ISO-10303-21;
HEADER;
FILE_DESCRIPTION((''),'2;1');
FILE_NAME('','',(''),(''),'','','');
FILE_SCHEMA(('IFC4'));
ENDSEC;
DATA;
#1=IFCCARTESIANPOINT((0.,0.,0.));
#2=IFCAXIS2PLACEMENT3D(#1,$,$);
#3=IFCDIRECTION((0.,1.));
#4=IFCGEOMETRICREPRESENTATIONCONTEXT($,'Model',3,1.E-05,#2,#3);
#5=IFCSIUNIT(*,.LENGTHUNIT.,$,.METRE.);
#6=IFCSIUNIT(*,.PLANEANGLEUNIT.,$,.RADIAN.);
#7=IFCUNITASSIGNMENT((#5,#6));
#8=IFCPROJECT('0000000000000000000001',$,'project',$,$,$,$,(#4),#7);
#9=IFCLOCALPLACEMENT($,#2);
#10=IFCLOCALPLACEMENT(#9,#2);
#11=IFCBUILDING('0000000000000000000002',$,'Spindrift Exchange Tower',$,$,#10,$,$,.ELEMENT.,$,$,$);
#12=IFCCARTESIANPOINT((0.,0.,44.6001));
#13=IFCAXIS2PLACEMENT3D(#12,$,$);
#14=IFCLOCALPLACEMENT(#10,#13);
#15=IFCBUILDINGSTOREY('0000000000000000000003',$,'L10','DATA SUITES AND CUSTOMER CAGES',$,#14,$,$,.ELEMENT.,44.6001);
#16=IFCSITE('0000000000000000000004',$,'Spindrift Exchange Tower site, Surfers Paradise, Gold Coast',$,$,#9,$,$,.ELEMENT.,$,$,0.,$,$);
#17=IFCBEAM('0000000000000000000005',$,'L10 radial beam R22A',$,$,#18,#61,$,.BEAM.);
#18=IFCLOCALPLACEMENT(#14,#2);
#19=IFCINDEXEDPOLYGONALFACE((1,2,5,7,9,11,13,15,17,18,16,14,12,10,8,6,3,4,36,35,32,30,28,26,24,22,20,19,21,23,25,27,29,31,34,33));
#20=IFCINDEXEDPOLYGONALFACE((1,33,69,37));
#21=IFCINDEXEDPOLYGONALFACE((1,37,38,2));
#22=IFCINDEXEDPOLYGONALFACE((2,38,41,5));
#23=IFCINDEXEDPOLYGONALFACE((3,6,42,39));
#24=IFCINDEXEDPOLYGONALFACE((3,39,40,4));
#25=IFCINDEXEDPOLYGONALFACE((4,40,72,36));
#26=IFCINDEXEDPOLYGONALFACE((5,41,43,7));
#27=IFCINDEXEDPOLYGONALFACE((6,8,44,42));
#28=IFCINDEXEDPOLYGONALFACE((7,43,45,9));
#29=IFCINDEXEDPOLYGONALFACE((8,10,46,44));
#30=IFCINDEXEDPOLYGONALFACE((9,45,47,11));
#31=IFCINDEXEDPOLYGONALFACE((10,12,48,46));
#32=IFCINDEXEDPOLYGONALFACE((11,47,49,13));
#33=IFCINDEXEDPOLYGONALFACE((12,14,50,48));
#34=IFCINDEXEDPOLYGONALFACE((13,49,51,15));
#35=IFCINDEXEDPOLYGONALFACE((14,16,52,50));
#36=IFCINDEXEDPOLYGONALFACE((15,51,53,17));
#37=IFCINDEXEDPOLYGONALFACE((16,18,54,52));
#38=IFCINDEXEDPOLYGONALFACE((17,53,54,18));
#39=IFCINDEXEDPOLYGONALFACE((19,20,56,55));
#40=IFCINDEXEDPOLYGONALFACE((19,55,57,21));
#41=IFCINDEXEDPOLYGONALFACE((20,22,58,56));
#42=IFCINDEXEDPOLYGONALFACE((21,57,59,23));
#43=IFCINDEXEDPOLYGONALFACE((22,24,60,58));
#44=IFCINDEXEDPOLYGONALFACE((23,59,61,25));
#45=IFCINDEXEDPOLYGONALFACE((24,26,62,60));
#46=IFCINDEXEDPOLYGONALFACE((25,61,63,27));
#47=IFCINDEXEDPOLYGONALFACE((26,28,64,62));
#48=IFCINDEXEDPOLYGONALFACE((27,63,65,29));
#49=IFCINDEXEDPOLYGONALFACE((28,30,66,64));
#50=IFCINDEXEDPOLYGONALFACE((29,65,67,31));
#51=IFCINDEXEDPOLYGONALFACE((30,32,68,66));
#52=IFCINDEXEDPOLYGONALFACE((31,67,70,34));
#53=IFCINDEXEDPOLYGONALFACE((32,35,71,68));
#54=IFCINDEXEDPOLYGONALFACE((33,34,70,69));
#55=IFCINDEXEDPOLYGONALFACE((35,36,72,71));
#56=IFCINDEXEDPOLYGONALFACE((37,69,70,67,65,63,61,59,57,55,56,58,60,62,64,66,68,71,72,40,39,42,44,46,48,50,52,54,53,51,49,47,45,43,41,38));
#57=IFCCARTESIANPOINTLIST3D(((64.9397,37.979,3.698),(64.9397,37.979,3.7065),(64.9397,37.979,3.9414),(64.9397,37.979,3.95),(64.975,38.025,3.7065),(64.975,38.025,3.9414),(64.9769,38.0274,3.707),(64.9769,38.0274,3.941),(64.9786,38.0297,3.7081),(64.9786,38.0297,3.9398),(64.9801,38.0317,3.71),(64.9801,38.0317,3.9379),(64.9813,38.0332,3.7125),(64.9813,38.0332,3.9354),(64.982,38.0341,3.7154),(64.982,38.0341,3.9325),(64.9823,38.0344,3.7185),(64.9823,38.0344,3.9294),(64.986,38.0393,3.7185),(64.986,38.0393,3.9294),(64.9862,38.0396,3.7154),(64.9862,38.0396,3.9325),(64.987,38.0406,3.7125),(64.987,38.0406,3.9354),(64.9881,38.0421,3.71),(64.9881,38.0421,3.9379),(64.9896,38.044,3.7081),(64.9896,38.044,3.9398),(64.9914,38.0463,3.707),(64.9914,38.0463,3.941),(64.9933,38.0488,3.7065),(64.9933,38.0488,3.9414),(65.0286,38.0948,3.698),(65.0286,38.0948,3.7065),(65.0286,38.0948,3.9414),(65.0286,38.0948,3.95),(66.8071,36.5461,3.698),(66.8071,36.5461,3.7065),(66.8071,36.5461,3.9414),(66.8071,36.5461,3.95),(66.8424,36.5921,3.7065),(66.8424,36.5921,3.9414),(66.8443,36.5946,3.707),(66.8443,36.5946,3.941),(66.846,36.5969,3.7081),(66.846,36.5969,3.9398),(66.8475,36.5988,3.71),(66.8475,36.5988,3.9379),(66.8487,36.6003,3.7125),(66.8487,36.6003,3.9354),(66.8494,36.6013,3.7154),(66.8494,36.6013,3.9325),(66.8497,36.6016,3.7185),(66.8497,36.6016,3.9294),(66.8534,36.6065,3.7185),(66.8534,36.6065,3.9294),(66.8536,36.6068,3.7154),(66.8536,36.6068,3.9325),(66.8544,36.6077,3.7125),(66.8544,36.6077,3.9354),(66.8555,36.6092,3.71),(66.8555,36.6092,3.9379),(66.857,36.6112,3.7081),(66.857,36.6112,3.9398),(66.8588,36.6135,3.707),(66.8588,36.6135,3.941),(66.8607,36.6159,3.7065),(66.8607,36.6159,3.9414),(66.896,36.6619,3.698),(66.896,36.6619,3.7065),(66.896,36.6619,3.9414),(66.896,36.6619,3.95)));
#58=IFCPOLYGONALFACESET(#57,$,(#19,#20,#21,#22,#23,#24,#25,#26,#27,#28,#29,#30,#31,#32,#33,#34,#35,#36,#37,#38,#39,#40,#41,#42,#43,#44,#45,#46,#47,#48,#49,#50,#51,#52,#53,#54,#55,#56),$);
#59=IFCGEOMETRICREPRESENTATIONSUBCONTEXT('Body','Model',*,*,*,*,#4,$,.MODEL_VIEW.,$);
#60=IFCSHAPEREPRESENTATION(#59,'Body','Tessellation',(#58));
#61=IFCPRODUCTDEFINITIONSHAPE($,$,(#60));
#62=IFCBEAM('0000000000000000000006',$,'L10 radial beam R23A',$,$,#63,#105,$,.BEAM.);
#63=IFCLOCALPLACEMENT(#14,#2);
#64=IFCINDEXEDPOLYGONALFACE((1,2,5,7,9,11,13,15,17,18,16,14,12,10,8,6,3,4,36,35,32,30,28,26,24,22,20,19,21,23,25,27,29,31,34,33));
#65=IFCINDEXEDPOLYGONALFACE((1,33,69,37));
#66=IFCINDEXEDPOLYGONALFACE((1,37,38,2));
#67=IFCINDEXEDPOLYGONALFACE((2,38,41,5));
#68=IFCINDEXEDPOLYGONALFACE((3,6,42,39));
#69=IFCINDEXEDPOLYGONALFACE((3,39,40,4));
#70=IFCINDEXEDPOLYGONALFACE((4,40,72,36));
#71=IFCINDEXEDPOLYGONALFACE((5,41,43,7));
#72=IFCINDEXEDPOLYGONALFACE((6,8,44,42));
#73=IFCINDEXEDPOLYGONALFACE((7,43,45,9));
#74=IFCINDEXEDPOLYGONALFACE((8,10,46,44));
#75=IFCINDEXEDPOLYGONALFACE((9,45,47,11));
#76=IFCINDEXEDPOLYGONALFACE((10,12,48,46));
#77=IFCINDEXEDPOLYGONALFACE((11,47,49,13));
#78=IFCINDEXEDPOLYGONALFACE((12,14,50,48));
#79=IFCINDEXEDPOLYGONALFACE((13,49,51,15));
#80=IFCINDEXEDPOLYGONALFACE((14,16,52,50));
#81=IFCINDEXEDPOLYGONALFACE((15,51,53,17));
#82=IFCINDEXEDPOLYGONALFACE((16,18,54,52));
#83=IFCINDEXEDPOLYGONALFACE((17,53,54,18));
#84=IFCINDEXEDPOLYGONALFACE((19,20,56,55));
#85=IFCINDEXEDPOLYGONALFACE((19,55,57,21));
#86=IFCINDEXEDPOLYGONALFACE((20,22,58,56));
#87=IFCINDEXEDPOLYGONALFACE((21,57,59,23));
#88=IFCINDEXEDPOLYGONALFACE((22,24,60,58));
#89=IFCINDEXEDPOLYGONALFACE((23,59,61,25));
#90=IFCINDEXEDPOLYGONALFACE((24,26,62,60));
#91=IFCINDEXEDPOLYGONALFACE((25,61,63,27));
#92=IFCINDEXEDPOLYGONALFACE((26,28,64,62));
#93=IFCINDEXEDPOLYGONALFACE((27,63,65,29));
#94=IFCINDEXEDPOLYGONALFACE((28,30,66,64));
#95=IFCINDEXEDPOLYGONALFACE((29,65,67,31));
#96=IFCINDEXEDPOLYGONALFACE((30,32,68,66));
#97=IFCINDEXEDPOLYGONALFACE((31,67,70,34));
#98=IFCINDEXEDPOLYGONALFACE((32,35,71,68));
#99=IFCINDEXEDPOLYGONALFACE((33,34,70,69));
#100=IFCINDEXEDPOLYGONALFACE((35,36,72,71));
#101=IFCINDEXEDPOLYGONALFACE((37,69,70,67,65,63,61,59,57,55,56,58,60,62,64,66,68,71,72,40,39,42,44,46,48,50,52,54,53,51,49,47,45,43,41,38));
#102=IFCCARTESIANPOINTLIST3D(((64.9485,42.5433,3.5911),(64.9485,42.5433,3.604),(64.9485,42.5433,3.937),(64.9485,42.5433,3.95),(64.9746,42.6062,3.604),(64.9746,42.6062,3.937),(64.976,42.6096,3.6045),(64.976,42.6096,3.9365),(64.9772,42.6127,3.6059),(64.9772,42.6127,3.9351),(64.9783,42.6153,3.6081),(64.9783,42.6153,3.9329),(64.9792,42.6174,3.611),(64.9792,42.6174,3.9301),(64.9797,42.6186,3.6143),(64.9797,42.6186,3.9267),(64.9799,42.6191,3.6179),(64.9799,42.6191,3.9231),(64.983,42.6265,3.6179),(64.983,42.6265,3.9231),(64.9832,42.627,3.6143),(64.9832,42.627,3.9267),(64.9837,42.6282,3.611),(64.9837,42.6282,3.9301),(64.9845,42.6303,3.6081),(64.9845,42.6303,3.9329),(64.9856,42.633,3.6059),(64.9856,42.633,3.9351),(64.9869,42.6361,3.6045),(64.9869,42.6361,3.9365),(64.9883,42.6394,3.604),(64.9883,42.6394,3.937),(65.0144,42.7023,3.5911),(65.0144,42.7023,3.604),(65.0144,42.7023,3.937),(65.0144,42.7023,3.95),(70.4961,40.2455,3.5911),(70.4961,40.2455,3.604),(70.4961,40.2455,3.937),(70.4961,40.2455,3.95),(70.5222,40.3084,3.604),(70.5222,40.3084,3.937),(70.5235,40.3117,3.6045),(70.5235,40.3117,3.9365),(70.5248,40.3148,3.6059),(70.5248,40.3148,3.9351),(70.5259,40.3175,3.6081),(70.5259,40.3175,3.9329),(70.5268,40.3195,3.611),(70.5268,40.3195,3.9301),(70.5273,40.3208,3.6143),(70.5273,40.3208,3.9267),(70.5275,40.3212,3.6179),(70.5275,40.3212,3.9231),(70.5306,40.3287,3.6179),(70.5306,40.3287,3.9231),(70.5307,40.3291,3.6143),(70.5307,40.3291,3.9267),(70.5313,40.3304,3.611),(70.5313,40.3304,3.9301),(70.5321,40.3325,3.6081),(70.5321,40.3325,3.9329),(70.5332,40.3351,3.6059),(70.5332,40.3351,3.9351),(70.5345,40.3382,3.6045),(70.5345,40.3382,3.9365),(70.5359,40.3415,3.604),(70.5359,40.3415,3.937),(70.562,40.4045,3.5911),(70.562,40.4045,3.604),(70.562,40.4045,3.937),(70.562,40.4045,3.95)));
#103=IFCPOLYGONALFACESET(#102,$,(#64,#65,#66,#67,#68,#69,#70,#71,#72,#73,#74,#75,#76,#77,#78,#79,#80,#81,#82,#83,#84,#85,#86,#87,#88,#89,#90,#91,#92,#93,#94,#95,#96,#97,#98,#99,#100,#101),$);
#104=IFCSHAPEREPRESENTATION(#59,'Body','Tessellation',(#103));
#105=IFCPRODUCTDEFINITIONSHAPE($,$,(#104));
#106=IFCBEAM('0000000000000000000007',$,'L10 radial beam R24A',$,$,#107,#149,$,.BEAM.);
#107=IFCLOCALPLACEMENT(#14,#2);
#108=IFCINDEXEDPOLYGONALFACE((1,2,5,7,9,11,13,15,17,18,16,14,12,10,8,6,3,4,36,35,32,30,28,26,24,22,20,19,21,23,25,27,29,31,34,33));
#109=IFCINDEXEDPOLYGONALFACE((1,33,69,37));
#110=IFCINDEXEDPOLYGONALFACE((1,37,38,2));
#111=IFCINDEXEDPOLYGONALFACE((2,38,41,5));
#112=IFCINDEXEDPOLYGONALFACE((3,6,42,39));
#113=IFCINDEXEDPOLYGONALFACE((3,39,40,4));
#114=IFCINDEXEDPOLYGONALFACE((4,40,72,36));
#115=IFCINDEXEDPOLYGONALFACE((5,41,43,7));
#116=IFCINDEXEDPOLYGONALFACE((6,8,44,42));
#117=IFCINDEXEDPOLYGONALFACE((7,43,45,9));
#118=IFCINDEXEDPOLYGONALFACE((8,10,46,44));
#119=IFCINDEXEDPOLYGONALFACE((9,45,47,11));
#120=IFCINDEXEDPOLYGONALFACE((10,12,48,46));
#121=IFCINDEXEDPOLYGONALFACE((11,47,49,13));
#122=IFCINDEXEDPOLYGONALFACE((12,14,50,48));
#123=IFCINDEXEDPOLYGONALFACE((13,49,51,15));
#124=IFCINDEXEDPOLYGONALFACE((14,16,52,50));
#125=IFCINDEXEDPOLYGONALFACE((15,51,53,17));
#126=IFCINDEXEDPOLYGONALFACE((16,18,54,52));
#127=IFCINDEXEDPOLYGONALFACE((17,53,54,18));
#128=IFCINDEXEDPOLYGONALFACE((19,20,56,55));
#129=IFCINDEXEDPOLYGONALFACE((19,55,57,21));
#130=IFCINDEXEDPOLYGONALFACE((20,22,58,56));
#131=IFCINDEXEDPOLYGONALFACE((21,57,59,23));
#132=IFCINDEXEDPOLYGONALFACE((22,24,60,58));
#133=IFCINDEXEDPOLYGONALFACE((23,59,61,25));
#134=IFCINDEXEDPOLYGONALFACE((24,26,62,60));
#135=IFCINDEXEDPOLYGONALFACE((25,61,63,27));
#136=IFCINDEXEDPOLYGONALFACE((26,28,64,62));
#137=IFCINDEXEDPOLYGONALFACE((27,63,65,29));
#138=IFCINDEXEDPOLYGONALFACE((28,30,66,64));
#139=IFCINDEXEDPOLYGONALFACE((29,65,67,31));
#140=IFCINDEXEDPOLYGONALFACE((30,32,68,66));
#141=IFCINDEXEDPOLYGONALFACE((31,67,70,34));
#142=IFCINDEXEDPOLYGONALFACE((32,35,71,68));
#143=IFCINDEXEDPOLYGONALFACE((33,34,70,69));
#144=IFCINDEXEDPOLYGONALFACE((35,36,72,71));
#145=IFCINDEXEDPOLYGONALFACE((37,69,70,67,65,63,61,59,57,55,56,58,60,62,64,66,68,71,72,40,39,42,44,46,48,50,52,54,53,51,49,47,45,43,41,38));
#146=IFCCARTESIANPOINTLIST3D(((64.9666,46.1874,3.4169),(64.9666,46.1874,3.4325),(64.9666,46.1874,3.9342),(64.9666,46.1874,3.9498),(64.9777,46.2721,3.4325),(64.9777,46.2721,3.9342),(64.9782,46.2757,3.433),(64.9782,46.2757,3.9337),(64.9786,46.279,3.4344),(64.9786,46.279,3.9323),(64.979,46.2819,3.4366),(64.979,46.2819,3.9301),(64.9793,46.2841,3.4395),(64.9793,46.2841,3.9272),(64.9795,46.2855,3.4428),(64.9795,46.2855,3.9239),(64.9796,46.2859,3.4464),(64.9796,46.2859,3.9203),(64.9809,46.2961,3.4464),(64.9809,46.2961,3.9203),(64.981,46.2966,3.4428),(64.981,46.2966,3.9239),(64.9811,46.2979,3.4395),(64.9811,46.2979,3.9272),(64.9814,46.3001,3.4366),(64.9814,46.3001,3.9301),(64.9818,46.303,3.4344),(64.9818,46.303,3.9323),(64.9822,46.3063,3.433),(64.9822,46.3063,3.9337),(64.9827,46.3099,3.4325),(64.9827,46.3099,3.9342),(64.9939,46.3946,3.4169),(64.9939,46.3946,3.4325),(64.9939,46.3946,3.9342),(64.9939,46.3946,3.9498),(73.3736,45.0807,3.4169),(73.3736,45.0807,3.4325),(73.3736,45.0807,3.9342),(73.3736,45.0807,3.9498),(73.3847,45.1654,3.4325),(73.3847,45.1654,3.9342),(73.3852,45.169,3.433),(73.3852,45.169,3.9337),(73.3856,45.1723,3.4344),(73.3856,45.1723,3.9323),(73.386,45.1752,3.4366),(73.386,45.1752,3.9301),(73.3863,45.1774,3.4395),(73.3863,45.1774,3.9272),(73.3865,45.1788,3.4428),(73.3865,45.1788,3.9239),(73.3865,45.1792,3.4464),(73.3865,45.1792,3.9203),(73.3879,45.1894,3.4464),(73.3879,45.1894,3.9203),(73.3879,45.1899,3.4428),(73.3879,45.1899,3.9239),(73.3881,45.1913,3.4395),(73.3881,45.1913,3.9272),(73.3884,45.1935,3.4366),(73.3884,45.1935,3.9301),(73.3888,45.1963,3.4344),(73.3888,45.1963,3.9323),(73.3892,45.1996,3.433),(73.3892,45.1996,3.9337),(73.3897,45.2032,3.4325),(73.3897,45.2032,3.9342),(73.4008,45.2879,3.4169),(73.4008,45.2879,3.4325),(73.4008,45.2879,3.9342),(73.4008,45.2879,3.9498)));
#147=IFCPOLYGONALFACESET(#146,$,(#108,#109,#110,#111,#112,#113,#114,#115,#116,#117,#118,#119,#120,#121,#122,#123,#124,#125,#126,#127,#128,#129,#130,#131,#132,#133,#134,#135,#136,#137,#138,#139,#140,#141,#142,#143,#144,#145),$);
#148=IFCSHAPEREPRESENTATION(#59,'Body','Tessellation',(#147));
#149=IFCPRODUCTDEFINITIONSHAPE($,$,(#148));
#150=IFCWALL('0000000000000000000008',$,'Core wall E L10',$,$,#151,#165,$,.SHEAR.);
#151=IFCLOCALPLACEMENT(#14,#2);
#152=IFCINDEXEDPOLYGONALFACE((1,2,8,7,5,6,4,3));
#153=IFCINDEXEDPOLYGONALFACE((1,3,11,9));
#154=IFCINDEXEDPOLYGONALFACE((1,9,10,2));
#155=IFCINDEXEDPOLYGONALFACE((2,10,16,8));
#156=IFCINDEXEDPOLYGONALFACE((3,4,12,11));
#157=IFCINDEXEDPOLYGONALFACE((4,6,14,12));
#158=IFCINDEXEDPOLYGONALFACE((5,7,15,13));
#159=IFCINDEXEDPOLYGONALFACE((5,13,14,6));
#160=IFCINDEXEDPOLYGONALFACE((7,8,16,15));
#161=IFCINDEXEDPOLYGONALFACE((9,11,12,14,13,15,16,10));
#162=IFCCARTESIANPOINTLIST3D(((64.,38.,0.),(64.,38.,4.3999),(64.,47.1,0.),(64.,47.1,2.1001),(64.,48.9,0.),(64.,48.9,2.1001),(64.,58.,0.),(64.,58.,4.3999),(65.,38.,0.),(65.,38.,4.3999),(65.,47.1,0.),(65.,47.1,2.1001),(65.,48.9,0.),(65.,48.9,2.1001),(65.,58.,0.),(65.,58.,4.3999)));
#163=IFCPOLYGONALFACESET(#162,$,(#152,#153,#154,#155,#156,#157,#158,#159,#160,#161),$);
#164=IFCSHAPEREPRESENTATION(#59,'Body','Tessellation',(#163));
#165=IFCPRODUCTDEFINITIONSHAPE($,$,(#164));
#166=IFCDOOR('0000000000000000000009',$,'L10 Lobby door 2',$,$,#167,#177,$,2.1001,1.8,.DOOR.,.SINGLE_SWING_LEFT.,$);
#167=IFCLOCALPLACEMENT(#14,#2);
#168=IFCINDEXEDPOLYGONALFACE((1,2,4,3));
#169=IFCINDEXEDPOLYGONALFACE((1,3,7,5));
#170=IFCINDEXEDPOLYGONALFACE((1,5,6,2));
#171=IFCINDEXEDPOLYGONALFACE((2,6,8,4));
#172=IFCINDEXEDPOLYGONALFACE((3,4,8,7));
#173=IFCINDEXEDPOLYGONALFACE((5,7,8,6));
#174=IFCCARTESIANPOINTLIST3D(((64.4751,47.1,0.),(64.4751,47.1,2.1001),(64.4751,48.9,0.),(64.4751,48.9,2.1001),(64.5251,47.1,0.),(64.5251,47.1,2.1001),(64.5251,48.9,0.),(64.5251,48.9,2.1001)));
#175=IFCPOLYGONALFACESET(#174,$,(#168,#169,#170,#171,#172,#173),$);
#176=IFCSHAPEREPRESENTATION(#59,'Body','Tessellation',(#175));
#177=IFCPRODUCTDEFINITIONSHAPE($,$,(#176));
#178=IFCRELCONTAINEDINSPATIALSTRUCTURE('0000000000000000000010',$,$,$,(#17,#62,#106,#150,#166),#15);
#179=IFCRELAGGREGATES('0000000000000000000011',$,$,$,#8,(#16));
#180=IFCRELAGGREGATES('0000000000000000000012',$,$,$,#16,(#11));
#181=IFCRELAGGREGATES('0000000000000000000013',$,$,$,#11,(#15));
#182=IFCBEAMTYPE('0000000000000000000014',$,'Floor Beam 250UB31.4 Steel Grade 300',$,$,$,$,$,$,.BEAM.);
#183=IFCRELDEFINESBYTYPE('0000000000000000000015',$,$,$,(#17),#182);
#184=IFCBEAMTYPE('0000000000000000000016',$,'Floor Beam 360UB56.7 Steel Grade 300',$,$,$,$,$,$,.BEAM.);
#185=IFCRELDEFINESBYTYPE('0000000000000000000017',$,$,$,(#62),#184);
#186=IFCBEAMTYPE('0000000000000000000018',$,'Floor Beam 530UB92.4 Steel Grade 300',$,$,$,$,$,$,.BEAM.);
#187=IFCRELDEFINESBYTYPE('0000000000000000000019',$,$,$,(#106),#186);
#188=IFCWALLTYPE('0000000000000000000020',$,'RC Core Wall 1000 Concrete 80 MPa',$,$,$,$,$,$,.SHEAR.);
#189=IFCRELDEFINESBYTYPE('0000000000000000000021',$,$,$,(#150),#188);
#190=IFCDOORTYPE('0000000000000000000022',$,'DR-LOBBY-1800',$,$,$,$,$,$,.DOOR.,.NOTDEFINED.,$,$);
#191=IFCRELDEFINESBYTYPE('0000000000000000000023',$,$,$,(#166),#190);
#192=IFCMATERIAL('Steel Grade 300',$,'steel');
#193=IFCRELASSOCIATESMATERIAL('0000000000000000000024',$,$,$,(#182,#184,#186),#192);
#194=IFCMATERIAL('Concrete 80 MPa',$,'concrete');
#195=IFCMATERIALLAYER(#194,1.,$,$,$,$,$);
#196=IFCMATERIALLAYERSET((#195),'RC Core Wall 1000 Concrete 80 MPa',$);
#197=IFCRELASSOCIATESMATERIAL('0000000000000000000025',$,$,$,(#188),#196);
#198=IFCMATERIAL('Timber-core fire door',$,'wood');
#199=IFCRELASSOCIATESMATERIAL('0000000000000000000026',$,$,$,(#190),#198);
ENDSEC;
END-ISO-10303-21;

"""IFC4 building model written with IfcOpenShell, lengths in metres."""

from ifc_helpers import new_model, si_unit, direction, frame, frame_2d, origin, origin_2d, place, context, subcontext, project, spatial, rectangle, i_section, extrude, source, transform, mapped, material, layer, layer_set, material_profile, profile_set, type_object, element, fill, save


model = new_model("IFC4")

# Units and contexts
model_context = context("Model", 3, precision=1e-05, world=origin(), true_north=direction((0.0, 1.0)))
body_context = subcontext(model_context, "Body", "Model", "MODEL_VIEW")
ifc_project = project(units=[si_unit("LENGTHUNIT", "METRE"), si_unit("PLANEANGLEUNIT", "RADIAN")], contexts=[model_context])

# Site, building, storey
site_placement = place(None, origin())
site = spatial("IfcSite", under=ifc_project, at=site_placement, Name="Spindrift Exchange Tower site, Surfers Paradise, Gold Coast", CompositionType="ELEMENT", RefElevation=0.0)
building_placement = place(site_placement, origin())
building = spatial("IfcBuilding", under=site, at=building_placement, Name="Spindrift Exchange Tower", CompositionType="ELEMENT")
storey_placement = place(building_placement, frame((0.0, 0.0, 44.6001)))
storey = spatial("IfcBuildingStorey", under=building, at=storey_placement, Name="L10", Description="DATA SUITES AND CUSTOMER CAGES", CompositionType="ELEMENT", Elevation=44.6001)

# Beams
ifc_material_1 = material(Name="Steel Grade 300", Category="steel")
ifc_material_profile_1 = material_profile(ifc_material_1, i_section(OverallWidth=0.146, OverallDepth=0.252, WebThickness=0.0061, FlangeThickness=0.0085, FilletRadius=0.012, at=origin_2d()), Name="250UB31.4")
ifc_profile_set_1 = profile_set([ifc_material_profile_1], Name="Steel Grade 300")
beam_type_1 = type_object("IfcBeamType", Name="Floor Beam 250UB31.4 Steel Grade 300", PredefinedType="BEAM", material=ifc_profile_set_1)
shared_shape_1 = source(origin(), body_context, "Body", "SweptSolid", [
    extrude(i_section(OverallWidth=0.146, OverallDepth=0.252, WebThickness=0.0061, FlangeThickness=0.0085, FilletRadius=0.012, at=origin_2d()), origin(), (0.0, 0.0, 1.0), 2.3538),
])
beam_1_placement = place(storey_placement, frame((64.9841, 38.0369, 3.824), z_axis=(0.793368, -0.608743, 0.0), x_axis=(0.608743, 0.793368, 0.0)))
element("IfcBeam", 1, at=beam_1_placement, inside=storey, type_object=beam_type_1, Name="L10 radial beam R22A", PredefinedType="BEAM", context=body_context, shape_type="MappedRepresentation", body=[
    mapped(shared_shape_1, transform((0.0, 0.0, 0.0), scale=1.0)),
])
ifc_material_profile_2 = material_profile(ifc_material_1, i_section(OverallWidth=0.1721, OverallDepth=0.3589, WebThickness=0.0081, FlangeThickness=0.0129, FilletRadius=0.0139, at=origin_2d()), Name="360UB56.7")
ifc_profile_set_2 = profile_set([ifc_material_profile_2], Name="Steel Grade 300")
beam_type_2 = type_object("IfcBeamType", Name="Floor Beam 360UB56.7 Steel Grade 300", PredefinedType="BEAM", material=ifc_profile_set_2)
shared_shape_2 = source(origin(), body_context, "Body", "SweptSolid", [
    extrude(i_section(OverallWidth=0.1721, OverallDepth=0.3589, WebThickness=0.0081, FlangeThickness=0.0129, FilletRadius=0.0139, at=origin_2d()), origin(), (0.0, 0.0, 1.0), 6.0046),
])
beam_2_placement = place(storey_placement, frame((64.9814, 42.6228, 3.7705), z_axis=(0.923882, -0.382677, 0.0), x_axis=(0.382677, 0.923882, 0.0)))
element("IfcBeam", 2, at=beam_2_placement, inside=storey, type_object=beam_type_2, Name="L10 radial beam R23A", PredefinedType="BEAM", context=body_context, shape_type="MappedRepresentation", body=[
    mapped(shared_shape_2, transform((0.0, 0.0, 0.0), scale=1.0)),
])
ifc_material_profile_3 = material_profile(ifc_material_1, i_section(OverallWidth=0.209, OverallDepth=0.533, WebThickness=0.0103, FlangeThickness=0.0156, FilletRadius=0.0139, at=origin_2d()), Name="530UB92.4")
ifc_profile_set_3 = profile_set([ifc_material_profile_3], Name="Steel Grade 300")
beam_type_3 = type_object("IfcBeamType", Name="Floor Beam 530UB92.4 Steel Grade 300", PredefinedType="BEAM", material=ifc_profile_set_3)
shared_shape_3 = source(origin(), body_context, "Body", "SweptSolid", [
    extrude(i_section(OverallWidth=0.209, OverallDepth=0.533, WebThickness=0.0103, FlangeThickness=0.0156, FilletRadius=0.0139, at=origin_2d()), origin(), (0.0, 0.0, 1.0), 8.4795),
])
beam_3_placement = place(storey_placement, frame((64.9802, 46.291, 3.6833), z_axis=(0.991447, -0.130513, 0.0), x_axis=(0.130513, 0.991447, 0.0)))
element("IfcBeam", 3, at=beam_3_placement, inside=storey, type_object=beam_type_3, Name="L10 radial beam R24A", PredefinedType="BEAM", context=body_context, shape_type="MappedRepresentation", body=[
    mapped(shared_shape_3, transform((0.0, 0.0, 0.0), scale=1.0)),
])

# Wall, opening, door
ifc_material_2 = material(Name="Concrete 80 MPa", Category="concrete")
ifc_layer_1 = layer(ifc_material_2, 1.0)
ifc_layer_set_1 = layer_set([ifc_layer_1], Name="RC Core Wall 1000 Concrete 80 MPa")
wall_type_1 = type_object("IfcWallType", Name="RC Core Wall 1000 Concrete 80 MPa", PredefinedType="SHEAR", material=ifc_layer_set_1)
wall_1_placement = place(storey_placement, frame((64.5, 38.0, 0.0), z_axis=(0.0, 0.0, 1.0), x_axis=(0.0, 1.0, 0.0)))
wall_1 = element("IfcWall", 4, at=wall_1_placement, inside=storey, type_object=wall_type_1, Name="Core wall E L10", PredefinedType="SHEAR", context=body_context, shape_type="SweptSolid", body=[
    extrude(rectangle(XDim=20.0, YDim=1.0, at=frame_2d((10.0, 0.0))), origin(), (0.0, 0.0, 1.0), 4.3999),
])
opening_1_placement = place(wall_1_placement, frame((9.1001, 0.0, 0.0)))
opening_1 = element("IfcOpeningElement", 5, at=opening_1_placement, cuts=wall_1, PredefinedType="OPENING", context=body_context, shape_type="SweptSolid", body=[
    extrude(rectangle(XDim=1.8, YDim=2.1001, at=frame_2d((0.8999, 1.05))), frame((0.0, 0.51, 0.0), z_axis=(0.0, -1.0, 0.0), x_axis=(1.0, 0.0, 0.0)), (0.0, 0.0, 1.0), 1.02),
])
ifc_material_3 = material(Name="Timber-core fire door", Category="wood")
door_type_1 = type_object("IfcDoorType", Name="DR-LOBBY-1800", OperationType="NOTDEFINED", PredefinedType="DOOR", material=ifc_material_3)
shared_shape_4 = source(origin(), body_context, "Body", "SweptSolid", [
    extrude(rectangle(XDim=1.8, YDim=2.1001, at=frame_2d((0.8999, 1.05))), frame((0.0, 0.0249, 0.0), z_axis=(0.0, -1.0, 0.0), x_axis=(1.0, 0.0, 0.0)), (0.0, 0.0, 1.0), 0.05),
])
door_1_placement = place(opening_1_placement, origin())
door_1 = element("IfcDoor", 6, at=door_1_placement, inside=storey, type_object=door_type_1, Name="L10 Lobby door 2", OperationType="SINGLE_SWING_LEFT", OverallHeight=2.1001, OverallWidth=1.8, PredefinedType="DOOR", context=body_context, shape_type="MappedRepresentation", body=[
    mapped(shared_shape_4, transform((0.0, 0.0, 0.0), scale=1.0)),
])
fill(opening_1, door_1)

save(model, "model.ifc")
